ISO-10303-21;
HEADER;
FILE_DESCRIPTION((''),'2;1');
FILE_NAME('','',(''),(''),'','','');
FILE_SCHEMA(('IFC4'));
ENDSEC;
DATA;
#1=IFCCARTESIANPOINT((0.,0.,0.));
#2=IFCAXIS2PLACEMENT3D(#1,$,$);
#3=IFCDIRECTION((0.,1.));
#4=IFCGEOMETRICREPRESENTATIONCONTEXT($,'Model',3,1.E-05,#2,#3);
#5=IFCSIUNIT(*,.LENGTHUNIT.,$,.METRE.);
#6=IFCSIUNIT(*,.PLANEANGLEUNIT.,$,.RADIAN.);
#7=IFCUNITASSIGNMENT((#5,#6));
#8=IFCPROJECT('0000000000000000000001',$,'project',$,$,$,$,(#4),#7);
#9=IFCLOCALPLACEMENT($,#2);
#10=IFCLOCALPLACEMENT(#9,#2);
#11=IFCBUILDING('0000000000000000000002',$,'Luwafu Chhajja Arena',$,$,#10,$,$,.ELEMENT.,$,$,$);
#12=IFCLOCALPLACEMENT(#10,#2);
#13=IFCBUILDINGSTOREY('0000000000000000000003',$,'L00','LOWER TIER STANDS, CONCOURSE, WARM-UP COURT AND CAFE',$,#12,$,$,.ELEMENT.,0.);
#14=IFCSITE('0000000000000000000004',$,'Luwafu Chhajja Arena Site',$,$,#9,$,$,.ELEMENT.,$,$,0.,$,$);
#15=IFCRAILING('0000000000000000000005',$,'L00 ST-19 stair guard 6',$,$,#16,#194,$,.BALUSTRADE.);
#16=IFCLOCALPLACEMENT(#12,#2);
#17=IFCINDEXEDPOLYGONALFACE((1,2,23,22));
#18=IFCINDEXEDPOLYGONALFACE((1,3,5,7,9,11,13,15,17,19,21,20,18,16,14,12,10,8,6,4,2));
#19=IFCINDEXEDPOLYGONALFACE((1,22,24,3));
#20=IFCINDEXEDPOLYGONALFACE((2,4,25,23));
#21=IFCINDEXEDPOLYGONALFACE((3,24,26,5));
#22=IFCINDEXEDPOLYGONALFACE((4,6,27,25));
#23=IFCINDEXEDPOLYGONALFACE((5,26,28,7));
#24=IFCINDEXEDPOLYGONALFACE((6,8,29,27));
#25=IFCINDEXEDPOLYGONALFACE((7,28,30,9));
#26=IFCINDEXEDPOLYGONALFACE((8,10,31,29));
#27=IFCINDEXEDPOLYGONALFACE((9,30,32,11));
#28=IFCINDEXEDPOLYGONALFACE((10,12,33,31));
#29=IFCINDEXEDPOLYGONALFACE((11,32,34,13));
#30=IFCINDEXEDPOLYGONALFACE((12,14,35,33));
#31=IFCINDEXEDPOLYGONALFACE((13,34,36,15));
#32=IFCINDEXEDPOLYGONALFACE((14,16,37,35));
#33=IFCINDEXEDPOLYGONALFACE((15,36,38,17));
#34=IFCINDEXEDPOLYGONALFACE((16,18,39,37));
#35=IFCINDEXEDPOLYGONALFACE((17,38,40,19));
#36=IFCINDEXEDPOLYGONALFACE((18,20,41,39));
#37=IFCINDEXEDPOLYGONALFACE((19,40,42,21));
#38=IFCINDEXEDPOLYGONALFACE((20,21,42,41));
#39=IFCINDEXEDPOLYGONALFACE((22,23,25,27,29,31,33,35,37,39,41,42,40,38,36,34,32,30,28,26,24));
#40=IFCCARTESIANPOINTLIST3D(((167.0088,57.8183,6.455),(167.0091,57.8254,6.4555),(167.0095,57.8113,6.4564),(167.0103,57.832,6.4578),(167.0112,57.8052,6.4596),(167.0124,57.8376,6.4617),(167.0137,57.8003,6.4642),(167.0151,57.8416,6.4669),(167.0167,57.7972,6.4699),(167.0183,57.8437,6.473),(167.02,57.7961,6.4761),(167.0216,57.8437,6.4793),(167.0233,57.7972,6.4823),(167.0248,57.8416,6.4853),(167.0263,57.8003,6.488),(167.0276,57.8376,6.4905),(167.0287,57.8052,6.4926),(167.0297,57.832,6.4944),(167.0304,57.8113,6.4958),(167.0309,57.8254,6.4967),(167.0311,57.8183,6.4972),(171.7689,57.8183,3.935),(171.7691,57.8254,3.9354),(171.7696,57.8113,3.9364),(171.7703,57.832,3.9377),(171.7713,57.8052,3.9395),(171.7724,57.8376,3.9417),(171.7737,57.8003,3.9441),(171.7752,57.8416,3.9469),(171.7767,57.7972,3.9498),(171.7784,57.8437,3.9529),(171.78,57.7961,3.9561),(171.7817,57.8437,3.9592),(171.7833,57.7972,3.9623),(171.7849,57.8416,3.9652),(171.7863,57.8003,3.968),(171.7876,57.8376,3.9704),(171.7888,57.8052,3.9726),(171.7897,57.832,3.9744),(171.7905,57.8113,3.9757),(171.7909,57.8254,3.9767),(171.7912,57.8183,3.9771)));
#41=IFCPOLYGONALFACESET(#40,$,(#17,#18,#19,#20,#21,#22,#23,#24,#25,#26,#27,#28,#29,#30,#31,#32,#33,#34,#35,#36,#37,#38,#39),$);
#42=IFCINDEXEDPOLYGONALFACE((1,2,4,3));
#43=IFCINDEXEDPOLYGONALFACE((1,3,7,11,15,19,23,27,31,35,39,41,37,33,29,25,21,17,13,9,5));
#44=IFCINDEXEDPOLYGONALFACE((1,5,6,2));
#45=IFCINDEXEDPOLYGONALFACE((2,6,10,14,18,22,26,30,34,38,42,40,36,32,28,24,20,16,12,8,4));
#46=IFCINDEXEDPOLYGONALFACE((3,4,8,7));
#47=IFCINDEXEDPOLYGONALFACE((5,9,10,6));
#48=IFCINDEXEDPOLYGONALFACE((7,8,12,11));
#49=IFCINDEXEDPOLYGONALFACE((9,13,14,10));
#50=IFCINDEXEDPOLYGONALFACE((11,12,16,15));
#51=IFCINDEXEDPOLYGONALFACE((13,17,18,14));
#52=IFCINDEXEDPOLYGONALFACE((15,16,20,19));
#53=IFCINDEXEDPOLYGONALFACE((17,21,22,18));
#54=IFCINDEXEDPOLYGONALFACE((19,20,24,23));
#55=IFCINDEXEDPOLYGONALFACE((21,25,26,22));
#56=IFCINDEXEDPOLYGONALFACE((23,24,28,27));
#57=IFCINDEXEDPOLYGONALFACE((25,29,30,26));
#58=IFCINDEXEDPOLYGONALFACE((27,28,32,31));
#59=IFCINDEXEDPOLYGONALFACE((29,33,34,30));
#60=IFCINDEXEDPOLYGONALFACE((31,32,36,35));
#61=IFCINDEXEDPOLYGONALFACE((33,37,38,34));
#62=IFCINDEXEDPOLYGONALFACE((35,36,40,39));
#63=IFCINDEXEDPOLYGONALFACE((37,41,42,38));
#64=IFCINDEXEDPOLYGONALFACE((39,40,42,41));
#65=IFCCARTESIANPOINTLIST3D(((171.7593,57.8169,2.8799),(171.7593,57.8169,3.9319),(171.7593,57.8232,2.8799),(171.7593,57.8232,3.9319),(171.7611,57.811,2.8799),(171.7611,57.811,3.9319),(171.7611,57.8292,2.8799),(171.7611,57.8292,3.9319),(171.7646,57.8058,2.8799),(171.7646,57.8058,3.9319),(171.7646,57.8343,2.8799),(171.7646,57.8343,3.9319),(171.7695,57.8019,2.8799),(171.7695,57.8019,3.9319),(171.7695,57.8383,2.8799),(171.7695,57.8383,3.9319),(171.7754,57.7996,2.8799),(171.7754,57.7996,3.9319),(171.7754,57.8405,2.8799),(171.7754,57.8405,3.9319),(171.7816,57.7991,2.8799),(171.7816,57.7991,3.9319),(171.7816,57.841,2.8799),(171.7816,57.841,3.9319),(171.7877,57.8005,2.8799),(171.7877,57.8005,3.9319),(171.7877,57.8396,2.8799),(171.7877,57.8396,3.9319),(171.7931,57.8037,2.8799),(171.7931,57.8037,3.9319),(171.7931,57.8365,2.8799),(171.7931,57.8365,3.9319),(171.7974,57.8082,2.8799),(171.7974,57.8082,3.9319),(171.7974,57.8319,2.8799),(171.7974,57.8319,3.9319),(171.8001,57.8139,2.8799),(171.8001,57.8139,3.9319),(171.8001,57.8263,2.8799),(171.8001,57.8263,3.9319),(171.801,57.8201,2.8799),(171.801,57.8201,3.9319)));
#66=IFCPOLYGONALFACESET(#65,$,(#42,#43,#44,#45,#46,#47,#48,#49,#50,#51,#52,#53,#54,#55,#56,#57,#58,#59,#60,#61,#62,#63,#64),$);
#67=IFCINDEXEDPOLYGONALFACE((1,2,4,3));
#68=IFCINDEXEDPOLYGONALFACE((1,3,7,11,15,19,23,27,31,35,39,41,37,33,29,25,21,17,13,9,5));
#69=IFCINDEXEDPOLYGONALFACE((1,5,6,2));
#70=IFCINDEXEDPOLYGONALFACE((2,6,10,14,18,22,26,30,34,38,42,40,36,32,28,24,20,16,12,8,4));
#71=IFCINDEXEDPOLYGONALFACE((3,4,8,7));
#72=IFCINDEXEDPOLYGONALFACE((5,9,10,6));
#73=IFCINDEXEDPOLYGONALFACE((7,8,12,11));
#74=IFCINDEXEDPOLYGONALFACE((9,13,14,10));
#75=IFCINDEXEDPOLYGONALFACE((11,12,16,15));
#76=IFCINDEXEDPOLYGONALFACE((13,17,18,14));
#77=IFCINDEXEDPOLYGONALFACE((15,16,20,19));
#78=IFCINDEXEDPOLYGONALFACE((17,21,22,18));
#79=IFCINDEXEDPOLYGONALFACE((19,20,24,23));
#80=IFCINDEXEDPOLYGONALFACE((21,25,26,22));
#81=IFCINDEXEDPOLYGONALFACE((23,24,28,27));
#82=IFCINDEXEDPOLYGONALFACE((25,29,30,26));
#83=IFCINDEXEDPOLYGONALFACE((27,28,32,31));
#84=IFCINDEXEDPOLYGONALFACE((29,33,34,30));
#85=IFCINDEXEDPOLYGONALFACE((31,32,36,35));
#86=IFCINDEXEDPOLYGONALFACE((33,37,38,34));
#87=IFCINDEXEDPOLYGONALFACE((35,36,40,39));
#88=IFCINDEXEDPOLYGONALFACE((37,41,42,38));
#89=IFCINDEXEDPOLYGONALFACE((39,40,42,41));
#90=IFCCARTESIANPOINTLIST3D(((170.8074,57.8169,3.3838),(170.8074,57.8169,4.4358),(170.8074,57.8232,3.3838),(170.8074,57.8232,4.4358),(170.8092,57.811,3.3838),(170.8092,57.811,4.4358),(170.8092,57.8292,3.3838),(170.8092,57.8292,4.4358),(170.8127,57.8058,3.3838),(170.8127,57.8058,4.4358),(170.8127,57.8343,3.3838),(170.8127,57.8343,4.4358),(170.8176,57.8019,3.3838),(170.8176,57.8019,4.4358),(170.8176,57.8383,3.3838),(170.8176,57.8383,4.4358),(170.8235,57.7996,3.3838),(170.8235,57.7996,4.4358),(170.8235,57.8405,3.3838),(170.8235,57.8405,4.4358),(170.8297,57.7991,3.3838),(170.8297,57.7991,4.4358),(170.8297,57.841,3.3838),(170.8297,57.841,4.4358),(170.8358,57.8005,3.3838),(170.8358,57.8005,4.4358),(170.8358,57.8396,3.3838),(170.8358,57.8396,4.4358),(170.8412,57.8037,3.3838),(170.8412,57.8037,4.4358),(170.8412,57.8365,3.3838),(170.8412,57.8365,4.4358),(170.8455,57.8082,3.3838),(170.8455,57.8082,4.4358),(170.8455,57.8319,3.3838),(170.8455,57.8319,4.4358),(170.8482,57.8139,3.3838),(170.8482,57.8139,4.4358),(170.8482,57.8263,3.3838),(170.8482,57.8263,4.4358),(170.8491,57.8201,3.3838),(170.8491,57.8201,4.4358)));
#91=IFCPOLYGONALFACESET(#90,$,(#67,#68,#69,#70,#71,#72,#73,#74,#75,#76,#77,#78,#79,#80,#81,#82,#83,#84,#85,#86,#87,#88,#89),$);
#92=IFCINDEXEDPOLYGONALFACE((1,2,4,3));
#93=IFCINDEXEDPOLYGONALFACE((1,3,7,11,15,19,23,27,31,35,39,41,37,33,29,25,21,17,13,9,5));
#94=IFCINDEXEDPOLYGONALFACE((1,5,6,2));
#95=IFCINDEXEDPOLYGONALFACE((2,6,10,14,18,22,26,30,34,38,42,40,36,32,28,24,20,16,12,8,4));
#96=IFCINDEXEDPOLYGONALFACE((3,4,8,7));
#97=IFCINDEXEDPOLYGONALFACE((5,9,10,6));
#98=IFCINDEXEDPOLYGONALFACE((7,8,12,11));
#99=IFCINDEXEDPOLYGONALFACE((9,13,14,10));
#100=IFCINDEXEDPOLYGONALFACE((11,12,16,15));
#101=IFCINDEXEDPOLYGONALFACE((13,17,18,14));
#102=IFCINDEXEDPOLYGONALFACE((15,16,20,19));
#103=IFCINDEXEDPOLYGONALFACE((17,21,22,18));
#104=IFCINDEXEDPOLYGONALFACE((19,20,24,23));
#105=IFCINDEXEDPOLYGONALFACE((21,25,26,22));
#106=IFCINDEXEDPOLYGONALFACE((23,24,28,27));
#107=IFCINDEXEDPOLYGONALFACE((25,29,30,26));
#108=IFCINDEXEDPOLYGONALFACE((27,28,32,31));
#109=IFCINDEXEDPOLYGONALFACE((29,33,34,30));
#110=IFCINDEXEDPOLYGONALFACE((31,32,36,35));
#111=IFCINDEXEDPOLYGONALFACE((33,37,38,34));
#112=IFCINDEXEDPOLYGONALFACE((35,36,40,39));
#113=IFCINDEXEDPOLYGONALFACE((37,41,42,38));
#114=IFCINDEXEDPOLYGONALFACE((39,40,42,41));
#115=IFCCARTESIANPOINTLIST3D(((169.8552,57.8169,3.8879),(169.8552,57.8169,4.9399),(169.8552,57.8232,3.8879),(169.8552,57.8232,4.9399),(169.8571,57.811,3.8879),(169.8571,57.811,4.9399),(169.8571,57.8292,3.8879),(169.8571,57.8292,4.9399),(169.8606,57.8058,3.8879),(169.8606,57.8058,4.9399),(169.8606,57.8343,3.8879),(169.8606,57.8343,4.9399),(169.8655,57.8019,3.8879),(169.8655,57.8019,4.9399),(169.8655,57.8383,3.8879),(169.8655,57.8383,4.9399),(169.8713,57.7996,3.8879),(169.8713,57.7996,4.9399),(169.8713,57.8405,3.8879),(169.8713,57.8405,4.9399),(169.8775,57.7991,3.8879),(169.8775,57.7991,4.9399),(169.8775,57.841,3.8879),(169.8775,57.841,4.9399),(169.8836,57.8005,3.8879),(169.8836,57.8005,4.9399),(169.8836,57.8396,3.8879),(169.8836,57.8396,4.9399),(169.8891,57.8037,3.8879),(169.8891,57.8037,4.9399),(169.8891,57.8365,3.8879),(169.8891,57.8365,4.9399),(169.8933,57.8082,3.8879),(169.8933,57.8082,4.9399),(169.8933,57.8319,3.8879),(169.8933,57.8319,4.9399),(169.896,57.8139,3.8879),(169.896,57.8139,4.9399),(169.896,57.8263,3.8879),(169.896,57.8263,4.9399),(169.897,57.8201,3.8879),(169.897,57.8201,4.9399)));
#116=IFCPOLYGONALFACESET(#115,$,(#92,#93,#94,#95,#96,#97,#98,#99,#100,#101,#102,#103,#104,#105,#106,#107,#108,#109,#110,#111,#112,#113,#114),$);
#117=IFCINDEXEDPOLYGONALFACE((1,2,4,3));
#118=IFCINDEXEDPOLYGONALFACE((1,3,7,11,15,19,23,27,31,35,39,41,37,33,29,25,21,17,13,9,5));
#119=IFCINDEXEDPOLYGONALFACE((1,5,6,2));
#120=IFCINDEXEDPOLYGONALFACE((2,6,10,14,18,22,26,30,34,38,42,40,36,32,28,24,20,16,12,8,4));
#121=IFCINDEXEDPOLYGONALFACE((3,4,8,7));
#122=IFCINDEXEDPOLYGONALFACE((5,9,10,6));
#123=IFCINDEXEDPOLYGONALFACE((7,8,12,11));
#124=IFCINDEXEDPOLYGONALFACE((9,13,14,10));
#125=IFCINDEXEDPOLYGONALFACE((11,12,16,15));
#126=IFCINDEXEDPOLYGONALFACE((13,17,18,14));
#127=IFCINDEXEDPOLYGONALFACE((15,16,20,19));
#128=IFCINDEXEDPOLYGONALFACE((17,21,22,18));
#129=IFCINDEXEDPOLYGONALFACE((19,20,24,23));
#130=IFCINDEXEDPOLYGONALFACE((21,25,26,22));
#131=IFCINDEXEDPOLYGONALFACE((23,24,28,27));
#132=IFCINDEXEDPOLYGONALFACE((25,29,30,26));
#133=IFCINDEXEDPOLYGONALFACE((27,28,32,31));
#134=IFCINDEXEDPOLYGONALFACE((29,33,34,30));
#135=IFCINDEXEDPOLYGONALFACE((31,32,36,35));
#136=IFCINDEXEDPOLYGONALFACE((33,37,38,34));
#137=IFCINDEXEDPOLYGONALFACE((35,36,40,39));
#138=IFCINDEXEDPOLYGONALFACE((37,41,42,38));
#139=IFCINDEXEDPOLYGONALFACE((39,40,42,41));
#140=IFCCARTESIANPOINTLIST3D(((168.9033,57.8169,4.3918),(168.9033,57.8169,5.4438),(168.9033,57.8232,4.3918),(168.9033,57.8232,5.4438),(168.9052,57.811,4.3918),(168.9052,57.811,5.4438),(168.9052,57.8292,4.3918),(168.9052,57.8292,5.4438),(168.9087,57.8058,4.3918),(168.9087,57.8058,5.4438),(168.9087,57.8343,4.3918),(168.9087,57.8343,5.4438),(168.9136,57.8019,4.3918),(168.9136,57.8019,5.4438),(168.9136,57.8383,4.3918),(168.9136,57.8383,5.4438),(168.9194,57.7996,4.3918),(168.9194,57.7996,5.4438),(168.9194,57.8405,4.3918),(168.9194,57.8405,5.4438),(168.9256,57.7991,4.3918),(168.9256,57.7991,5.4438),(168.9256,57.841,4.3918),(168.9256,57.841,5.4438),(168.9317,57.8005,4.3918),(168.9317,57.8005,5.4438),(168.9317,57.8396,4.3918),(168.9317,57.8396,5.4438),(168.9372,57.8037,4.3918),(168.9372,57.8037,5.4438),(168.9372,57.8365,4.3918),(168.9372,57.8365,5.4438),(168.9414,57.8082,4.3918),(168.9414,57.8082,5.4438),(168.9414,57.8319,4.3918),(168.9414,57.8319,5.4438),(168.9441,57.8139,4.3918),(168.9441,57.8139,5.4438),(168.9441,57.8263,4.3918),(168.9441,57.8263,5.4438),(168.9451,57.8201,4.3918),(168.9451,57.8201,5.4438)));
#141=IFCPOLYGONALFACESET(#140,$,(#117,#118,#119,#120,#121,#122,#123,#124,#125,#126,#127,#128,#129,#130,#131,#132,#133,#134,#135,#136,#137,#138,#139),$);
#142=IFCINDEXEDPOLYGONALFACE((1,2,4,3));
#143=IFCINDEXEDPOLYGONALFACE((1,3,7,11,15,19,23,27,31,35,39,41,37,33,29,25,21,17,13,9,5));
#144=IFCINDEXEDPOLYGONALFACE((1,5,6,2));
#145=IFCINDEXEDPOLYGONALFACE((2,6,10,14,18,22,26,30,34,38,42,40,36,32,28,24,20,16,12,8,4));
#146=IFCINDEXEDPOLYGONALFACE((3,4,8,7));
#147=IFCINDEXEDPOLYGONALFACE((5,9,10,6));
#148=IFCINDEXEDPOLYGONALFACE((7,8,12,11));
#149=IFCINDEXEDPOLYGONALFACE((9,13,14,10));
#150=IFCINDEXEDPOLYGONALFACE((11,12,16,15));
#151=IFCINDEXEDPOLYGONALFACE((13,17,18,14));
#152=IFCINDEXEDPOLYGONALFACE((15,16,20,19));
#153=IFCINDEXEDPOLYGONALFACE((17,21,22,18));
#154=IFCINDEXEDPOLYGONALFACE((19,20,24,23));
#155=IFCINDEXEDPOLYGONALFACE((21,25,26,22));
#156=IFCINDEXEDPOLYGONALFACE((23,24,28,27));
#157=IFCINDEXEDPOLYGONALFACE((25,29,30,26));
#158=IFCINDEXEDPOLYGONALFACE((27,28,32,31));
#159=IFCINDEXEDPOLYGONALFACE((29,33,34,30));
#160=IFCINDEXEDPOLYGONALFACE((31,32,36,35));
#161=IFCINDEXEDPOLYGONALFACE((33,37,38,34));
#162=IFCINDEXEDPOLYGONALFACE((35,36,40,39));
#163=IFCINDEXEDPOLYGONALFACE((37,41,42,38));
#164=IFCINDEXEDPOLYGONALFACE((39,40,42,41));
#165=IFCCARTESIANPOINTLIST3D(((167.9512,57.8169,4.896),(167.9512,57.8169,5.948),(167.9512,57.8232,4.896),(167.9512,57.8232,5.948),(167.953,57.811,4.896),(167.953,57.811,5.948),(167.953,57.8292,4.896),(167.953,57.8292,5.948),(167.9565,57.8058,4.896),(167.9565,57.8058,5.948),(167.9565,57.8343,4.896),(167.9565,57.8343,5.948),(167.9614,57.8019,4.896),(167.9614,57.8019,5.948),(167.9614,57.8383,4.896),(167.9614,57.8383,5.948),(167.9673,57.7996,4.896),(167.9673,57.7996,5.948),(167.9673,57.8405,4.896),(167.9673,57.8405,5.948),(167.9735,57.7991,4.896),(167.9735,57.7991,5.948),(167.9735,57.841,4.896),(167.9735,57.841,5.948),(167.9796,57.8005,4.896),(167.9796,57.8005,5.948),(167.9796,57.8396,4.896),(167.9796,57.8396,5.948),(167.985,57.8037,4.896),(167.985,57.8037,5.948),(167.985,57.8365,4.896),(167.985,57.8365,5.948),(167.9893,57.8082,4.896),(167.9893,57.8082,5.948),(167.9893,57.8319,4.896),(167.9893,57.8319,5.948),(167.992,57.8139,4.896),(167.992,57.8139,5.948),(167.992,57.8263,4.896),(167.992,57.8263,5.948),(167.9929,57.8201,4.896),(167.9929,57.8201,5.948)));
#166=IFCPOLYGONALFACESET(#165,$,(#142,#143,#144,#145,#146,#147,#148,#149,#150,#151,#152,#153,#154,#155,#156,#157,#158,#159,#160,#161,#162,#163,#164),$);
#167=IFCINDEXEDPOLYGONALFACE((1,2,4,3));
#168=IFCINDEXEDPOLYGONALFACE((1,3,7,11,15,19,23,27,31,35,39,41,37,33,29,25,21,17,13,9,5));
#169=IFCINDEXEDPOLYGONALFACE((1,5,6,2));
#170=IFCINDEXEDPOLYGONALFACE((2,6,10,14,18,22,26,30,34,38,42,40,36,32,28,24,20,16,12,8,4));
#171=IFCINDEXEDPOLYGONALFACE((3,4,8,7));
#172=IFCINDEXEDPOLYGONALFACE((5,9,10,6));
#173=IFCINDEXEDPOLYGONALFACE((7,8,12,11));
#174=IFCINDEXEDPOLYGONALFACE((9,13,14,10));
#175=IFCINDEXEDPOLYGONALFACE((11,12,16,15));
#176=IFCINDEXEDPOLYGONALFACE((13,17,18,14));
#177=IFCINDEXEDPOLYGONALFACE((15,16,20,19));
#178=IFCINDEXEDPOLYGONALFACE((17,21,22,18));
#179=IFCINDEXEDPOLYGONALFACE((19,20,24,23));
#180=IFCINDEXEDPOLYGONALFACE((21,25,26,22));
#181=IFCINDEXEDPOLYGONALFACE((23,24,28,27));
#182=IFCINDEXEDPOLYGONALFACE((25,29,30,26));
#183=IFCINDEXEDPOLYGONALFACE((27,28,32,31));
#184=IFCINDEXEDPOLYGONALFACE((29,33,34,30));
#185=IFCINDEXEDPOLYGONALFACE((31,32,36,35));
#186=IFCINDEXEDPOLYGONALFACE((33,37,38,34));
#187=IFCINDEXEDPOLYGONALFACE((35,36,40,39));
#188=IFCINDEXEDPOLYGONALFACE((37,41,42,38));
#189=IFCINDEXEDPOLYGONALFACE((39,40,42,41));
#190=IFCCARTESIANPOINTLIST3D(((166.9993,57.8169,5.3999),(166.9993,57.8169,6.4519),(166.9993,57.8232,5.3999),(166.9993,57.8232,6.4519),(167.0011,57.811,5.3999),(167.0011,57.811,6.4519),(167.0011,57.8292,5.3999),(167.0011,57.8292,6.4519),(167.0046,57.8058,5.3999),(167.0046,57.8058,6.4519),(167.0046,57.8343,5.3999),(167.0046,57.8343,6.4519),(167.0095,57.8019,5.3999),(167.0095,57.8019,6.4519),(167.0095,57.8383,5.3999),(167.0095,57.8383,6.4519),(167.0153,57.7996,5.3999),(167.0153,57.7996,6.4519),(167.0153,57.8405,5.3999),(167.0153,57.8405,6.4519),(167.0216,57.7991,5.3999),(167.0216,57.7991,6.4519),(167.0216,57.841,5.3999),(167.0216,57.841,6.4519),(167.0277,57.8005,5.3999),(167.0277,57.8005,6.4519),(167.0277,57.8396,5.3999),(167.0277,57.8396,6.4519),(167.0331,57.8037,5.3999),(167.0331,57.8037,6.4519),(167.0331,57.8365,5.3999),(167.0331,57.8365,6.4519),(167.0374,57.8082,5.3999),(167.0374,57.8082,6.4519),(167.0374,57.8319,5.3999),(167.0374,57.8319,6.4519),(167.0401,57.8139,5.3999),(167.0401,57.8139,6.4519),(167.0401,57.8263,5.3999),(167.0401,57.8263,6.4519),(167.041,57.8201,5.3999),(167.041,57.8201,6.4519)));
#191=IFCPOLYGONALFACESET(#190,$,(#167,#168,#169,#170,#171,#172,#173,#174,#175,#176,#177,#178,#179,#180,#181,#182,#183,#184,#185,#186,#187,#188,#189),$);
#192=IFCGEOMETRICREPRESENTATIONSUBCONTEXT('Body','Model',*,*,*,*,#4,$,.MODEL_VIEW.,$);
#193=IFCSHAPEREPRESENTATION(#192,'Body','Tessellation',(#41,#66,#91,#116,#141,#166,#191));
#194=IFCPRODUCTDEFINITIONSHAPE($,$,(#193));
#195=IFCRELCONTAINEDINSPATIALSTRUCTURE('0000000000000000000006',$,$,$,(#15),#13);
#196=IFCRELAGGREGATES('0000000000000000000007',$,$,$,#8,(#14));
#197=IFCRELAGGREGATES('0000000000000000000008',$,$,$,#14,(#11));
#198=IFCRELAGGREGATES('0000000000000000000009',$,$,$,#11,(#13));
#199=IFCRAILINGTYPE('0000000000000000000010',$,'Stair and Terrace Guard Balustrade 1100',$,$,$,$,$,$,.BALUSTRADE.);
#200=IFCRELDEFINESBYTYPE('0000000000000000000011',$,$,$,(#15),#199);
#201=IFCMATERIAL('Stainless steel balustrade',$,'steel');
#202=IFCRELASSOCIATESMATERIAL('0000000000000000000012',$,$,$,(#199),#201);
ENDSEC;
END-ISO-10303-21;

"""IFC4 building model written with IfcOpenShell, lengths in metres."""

from ifc_helpers import new_model, si_unit, direction, frame, origin, origin_2d, place, context, subcontext, project, spatial, circle, extrude, material, type_object, element, save


model = new_model("IFC4")

# Units and contexts
model_context = context("Model", 3, precision=1e-05, world=origin(), true_north=direction((0.0, 1.0)))
body_context = subcontext(model_context, "Body", "Model", "MODEL_VIEW")
ifc_project = project(units=[si_unit("LENGTHUNIT", "METRE"), si_unit("PLANEANGLEUNIT", "RADIAN")], contexts=[model_context])

# Site, building, storey
site_placement = place(None, origin())
site = spatial("IfcSite", under=ifc_project, at=site_placement, Name="Luwafu Chhajja Arena Site", CompositionType="ELEMENT", RefElevation=0.0)
building_placement = place(site_placement, origin())
building = spatial("IfcBuilding", under=site, at=building_placement, Name="Luwafu Chhajja Arena", CompositionType="ELEMENT")
storey_placement = place(building_placement, origin())
storey = spatial("IfcBuildingStorey", under=building, at=storey_placement, Name="L00", Description="LOWER TIER STANDS, CONCOURSE, WARM-UP COURT AND CAFE", CompositionType="ELEMENT", Elevation=0.0)

# Railing
ifc_material_1 = material(Name="Stainless steel balustrade", Category="steel")
railing_type_1 = type_object("IfcRailingType", Name="Stair and Terrace Guard Balustrade 1100", PredefinedType="BALUSTRADE", material=ifc_material_1)
railing_1_placement = place(storey_placement, frame((171.78, 57.8201, 2.8799)))
element("IfcRailing", 1, at=railing_1_placement, inside=storey, type_object=railing_type_1, Name="L00 ST-19 stair guard 6", PredefinedType="BALUSTRADE", context=body_context, shape_type="SweptSolid", body=[
    extrude(circle(Radius=0.0239, at=origin_2d()), frame((0.0, 0.0, 1.0762), z_axis=(-0.883787, 0.0, 0.46789), x_axis=(0.0, -1.0, 0.0)), (0.0, 0.0, 1.0), 5.386),
    extrude(circle(Radius=0.021, at=origin_2d()), origin(), (0.0, 0.0, 1.0), 1.052),
    extrude(circle(Radius=0.021, at=origin_2d()), frame((-0.9519, 0.0, 0.5039)), (0.0, 0.0, 1.0), 1.052),
    extrude(circle(Radius=0.021, at=origin_2d()), frame((-1.9041, 0.0, 1.0081)), (0.0, 0.0, 1.0), 1.052),
    extrude(circle(Radius=0.021, at=origin_2d()), frame((-2.856, 0.0, 1.512)), (0.0, 0.0, 1.0), 1.052),
    extrude(circle(Radius=0.021, at=origin_2d()), frame((-3.8081, 0.0, 2.0161)), (0.0, 0.0, 1.0), 1.052),
    extrude(circle(Radius=0.021, at=origin_2d()), frame((-4.76, 0.0, 2.52)), (0.0, 0.0, 1.0), 1.052),
])

save(model, "model.ifc")
